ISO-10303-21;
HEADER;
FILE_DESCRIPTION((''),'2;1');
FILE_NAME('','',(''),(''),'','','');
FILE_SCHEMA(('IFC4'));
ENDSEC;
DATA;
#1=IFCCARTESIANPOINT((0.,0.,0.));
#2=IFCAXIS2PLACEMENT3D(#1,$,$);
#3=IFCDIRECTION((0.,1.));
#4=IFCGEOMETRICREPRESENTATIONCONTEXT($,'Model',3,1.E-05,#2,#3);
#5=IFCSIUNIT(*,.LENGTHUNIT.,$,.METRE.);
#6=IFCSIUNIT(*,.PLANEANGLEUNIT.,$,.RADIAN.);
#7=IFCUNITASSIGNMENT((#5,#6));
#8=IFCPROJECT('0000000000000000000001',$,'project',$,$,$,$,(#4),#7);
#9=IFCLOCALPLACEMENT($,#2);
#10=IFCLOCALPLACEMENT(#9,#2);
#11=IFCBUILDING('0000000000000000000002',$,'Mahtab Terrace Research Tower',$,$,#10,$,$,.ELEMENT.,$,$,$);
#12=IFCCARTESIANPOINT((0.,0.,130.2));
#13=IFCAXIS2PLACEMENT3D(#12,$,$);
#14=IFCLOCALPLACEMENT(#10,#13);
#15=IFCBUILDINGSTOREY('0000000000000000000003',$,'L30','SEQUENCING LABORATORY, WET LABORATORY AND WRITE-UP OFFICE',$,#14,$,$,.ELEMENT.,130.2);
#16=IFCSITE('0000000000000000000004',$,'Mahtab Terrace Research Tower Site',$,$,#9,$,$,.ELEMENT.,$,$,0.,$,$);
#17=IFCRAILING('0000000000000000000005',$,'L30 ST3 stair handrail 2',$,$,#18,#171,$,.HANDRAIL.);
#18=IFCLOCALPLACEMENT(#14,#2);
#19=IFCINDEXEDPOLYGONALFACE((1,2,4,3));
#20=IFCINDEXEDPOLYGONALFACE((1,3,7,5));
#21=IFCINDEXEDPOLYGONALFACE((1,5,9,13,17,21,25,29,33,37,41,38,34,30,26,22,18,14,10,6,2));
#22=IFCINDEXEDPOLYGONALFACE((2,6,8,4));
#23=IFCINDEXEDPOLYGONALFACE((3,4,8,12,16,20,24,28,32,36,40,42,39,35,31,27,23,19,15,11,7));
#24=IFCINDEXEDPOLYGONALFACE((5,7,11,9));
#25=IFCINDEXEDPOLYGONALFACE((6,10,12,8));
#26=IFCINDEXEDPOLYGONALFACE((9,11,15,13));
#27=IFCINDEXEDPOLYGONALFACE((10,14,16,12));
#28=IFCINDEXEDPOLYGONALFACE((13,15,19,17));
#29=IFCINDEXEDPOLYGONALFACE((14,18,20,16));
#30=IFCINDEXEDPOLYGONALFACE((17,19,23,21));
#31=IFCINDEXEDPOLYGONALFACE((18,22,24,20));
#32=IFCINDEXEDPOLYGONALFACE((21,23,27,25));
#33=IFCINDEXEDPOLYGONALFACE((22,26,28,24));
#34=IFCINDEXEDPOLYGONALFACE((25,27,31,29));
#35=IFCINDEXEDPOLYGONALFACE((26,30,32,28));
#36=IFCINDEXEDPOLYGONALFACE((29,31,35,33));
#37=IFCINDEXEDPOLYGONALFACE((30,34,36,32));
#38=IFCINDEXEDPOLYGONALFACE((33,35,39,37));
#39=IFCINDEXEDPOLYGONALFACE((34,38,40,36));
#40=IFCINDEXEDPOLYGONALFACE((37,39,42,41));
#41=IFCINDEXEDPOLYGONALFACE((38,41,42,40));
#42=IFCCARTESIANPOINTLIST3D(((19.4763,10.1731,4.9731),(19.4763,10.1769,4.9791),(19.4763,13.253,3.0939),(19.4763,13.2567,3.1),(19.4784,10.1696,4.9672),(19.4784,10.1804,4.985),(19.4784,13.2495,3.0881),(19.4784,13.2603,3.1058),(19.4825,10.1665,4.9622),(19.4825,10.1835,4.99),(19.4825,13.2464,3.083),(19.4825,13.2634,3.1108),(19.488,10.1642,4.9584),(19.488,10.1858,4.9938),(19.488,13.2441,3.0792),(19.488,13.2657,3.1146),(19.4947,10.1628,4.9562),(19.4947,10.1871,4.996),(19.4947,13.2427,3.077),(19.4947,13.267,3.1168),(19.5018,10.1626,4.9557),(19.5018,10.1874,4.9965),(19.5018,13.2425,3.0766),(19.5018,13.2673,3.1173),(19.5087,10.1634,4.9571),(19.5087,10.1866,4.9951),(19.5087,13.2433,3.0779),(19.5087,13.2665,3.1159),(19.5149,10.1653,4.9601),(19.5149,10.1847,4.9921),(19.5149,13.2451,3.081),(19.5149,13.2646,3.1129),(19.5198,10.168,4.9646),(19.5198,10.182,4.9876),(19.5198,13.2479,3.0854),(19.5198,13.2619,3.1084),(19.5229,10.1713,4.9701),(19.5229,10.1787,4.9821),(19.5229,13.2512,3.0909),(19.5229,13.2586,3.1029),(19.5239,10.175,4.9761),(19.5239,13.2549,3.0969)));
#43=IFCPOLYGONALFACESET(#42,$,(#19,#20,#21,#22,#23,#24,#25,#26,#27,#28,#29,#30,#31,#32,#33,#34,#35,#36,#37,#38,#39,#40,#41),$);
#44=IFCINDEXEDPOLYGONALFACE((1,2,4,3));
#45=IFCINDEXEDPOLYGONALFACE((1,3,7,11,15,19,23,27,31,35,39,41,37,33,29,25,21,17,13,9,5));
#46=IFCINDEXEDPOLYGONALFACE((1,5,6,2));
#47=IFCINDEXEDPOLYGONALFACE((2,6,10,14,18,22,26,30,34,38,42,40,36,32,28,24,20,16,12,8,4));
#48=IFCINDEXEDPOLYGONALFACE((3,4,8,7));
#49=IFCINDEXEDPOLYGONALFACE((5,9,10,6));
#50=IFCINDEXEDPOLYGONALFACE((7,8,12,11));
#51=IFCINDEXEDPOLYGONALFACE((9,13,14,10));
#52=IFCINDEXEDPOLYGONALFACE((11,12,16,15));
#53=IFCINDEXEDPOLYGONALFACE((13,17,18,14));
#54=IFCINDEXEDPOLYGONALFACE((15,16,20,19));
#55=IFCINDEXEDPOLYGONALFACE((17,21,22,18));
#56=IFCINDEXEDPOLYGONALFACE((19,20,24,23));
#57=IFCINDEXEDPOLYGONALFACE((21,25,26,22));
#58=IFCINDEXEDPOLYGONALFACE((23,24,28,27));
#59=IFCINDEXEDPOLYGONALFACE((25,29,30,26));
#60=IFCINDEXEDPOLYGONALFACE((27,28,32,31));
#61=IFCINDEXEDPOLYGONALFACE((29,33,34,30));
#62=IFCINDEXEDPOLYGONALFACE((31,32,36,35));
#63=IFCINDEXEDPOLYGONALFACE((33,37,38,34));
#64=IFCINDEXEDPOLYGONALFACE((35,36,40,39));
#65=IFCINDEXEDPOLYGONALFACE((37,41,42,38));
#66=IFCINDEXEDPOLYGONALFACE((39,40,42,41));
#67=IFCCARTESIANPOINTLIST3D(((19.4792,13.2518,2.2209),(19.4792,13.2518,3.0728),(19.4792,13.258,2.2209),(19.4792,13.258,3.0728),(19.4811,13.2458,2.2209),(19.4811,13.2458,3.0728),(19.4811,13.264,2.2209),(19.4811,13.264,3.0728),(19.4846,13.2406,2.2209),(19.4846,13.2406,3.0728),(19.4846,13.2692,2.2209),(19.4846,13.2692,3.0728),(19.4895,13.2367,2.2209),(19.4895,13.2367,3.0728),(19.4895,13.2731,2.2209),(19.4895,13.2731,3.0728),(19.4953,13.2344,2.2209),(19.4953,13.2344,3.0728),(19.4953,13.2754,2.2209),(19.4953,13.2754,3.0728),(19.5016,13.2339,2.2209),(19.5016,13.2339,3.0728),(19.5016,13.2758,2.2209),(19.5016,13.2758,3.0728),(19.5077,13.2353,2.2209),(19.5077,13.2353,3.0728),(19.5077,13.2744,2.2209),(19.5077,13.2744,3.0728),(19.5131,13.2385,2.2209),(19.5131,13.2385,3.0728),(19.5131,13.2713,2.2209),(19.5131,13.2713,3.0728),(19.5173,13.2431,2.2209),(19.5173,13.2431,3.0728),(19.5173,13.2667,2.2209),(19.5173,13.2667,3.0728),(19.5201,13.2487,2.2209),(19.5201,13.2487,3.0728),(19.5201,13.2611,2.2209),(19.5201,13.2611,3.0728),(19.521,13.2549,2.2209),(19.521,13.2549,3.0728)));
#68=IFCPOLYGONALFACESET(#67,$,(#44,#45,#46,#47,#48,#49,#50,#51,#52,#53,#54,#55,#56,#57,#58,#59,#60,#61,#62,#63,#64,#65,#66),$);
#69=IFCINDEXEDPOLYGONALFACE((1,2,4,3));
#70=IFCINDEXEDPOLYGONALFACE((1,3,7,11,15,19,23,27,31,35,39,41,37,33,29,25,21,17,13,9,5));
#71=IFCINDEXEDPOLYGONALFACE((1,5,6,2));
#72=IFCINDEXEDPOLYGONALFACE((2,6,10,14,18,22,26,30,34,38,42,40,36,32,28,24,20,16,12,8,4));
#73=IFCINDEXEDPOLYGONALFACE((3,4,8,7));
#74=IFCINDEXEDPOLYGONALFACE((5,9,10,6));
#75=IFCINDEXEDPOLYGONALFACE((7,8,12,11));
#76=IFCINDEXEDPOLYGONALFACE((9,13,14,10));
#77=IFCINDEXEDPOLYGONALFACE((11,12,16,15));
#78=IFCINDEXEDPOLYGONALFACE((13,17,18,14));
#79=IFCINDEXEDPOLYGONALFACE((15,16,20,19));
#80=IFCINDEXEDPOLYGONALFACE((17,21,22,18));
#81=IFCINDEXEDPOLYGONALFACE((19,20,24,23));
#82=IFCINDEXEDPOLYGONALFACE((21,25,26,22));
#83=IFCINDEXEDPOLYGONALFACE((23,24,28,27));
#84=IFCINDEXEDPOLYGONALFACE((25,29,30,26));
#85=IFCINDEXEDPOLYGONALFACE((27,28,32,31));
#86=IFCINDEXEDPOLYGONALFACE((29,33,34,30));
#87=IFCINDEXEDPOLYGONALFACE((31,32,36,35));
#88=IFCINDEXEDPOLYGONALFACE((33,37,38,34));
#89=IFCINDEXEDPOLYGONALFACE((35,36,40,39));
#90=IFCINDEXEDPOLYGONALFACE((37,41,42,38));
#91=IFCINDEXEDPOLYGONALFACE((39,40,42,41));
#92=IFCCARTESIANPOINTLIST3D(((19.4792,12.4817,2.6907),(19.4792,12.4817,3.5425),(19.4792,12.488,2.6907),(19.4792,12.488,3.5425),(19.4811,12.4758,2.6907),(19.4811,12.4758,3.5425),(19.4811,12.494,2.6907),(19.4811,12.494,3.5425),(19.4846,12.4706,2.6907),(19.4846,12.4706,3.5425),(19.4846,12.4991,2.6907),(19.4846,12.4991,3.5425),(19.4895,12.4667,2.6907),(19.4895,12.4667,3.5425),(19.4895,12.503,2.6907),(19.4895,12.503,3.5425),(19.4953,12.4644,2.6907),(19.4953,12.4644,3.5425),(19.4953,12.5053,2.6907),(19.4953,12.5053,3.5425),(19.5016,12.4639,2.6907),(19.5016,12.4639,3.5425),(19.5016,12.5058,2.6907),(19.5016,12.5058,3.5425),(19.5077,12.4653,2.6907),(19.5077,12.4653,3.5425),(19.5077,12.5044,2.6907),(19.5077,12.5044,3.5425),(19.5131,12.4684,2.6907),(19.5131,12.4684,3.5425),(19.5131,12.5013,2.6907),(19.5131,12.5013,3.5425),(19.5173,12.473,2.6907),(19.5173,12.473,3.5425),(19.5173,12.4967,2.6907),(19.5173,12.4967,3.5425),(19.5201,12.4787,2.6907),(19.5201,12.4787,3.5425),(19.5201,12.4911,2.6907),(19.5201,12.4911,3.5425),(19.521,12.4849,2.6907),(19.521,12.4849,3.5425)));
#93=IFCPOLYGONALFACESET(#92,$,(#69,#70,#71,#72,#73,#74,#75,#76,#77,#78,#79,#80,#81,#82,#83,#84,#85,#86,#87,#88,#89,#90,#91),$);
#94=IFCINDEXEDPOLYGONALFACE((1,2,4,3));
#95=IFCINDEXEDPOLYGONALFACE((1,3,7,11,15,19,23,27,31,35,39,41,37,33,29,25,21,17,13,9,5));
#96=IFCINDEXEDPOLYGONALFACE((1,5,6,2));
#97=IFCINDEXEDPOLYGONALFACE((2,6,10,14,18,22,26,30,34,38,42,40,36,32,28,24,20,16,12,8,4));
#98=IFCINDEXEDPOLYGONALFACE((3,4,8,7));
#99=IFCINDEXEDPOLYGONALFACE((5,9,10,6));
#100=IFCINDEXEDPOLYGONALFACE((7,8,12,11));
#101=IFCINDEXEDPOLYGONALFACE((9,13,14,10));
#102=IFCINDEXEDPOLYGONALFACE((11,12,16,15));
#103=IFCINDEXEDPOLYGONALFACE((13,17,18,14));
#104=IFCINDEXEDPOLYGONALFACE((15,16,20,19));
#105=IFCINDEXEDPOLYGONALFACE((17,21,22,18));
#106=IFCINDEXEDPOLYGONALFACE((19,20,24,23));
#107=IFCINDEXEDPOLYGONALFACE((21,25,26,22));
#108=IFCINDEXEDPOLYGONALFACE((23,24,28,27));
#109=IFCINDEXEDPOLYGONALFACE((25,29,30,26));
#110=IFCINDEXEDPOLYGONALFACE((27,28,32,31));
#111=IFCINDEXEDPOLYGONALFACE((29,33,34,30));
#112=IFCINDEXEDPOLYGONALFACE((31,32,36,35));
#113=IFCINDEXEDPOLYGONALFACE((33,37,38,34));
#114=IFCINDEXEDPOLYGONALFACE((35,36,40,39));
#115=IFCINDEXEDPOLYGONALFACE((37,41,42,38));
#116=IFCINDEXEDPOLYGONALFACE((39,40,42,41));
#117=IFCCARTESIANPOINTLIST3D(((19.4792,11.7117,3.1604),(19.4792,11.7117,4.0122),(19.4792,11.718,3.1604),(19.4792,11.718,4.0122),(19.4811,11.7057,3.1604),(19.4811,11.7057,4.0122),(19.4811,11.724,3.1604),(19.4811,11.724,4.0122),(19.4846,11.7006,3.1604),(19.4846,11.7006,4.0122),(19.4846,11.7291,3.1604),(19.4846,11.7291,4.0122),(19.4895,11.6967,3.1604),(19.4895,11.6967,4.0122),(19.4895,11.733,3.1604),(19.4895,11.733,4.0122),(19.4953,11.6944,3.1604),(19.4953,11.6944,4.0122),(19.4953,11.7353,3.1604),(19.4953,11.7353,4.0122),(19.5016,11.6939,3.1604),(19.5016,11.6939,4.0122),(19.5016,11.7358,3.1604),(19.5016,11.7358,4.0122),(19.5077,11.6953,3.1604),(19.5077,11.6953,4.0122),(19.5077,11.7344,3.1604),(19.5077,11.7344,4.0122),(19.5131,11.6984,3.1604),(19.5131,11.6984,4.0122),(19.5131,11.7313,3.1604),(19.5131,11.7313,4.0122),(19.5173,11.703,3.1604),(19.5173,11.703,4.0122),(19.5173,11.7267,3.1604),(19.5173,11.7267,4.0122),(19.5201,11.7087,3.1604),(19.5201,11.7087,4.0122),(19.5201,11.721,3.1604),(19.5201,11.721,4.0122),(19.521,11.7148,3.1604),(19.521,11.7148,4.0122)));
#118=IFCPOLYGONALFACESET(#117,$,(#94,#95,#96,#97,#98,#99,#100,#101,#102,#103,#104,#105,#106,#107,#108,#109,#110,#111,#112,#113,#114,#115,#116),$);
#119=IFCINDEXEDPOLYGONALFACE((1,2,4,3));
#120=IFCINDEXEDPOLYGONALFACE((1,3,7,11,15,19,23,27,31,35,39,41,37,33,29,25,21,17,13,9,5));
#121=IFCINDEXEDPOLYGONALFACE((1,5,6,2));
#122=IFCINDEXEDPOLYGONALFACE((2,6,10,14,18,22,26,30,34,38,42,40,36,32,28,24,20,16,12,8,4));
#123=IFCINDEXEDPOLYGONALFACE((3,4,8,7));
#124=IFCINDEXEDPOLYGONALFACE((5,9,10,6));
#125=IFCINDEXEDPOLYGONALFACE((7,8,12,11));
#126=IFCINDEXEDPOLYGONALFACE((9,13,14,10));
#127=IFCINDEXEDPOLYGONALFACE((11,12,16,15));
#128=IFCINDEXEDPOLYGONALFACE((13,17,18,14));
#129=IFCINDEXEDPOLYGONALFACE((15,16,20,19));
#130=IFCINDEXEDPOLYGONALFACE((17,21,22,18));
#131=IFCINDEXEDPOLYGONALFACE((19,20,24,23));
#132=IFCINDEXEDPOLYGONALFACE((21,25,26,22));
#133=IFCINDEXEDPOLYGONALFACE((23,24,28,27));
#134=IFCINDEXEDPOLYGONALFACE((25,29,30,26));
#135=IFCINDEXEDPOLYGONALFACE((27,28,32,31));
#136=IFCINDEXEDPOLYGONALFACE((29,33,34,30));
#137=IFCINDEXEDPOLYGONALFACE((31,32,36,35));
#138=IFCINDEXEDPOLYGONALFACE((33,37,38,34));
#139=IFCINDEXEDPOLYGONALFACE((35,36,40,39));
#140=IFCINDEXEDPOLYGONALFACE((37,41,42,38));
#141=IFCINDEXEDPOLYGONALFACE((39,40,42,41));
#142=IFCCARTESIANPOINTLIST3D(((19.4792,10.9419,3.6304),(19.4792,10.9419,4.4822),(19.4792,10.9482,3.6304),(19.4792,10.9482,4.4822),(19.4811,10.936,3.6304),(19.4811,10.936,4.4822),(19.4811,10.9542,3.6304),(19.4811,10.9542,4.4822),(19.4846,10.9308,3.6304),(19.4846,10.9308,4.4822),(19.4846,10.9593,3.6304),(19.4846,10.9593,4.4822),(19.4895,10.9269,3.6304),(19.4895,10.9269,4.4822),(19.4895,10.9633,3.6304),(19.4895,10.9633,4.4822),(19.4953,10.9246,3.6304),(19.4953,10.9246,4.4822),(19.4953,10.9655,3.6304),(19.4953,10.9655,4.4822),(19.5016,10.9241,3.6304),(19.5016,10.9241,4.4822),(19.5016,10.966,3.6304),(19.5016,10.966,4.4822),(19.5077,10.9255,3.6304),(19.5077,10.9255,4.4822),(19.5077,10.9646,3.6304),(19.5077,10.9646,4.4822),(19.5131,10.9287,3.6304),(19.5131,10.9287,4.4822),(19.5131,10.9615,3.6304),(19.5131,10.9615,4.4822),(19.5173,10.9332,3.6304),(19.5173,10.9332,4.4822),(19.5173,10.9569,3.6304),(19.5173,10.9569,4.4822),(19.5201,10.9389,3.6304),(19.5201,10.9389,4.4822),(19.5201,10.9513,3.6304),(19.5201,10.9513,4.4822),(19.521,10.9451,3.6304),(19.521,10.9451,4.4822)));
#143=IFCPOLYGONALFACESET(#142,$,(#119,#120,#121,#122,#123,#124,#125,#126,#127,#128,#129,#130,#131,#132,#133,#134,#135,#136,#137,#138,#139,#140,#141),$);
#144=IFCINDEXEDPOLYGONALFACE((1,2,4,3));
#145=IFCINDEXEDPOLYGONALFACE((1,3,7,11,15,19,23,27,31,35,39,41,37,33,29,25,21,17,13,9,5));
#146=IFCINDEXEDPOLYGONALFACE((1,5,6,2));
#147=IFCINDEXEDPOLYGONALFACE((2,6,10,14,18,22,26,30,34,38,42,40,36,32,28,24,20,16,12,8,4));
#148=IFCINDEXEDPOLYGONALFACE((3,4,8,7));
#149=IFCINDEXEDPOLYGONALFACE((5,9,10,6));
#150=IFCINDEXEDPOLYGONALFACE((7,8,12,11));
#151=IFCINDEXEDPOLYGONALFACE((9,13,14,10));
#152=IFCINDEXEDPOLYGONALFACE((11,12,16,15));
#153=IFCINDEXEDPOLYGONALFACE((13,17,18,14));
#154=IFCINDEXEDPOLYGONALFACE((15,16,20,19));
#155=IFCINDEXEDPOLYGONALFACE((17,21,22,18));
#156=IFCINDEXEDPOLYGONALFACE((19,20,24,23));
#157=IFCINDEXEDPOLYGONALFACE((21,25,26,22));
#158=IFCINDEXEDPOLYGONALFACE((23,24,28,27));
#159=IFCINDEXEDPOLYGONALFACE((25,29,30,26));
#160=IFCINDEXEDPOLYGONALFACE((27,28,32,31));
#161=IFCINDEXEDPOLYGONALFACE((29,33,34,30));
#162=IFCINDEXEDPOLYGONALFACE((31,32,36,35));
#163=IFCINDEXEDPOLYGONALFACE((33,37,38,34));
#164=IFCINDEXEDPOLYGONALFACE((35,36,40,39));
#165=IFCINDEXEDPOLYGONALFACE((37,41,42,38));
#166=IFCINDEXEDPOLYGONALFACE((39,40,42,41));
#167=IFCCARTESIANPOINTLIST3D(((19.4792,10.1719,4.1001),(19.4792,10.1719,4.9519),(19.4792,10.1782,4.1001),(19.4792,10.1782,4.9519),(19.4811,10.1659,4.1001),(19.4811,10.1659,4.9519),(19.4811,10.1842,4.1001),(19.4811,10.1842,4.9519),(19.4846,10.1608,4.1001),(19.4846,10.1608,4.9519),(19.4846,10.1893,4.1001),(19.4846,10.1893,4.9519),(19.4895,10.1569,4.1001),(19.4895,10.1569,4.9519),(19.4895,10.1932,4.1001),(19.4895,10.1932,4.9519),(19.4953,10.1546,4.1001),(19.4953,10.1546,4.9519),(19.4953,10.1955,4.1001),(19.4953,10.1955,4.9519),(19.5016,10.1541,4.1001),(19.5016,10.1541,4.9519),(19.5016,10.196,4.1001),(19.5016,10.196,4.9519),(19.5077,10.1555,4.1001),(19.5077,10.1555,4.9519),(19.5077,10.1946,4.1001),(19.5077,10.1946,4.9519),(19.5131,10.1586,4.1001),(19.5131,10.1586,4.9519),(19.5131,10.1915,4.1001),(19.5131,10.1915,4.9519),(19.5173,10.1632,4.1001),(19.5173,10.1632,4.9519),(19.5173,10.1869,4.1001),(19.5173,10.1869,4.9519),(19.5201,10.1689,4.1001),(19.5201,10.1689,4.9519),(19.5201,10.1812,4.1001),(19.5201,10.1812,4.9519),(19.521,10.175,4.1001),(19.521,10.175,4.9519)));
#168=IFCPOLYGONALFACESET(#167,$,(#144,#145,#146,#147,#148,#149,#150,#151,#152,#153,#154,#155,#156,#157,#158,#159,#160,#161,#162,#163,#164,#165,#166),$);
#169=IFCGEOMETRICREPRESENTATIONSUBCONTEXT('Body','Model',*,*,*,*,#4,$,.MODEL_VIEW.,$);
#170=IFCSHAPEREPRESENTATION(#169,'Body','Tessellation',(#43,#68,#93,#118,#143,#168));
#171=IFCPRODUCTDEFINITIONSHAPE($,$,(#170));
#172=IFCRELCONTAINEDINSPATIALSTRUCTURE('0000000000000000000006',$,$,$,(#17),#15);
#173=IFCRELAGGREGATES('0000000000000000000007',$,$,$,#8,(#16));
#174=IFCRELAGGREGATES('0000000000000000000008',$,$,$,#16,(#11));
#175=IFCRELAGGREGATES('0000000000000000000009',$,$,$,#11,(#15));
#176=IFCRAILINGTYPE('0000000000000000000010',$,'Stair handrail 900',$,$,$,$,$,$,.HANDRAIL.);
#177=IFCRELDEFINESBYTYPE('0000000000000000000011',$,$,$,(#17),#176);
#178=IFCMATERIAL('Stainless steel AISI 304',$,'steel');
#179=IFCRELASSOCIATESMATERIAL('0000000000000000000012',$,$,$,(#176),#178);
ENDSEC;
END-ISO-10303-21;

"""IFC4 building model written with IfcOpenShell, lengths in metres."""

from ifc_helpers import new_model, si_unit, direction, frame, origin, origin_2d, place, context, subcontext, project, spatial, circle, extrude, material, type_object, element, save


model = new_model("IFC4")

# Units and contexts
model_context = context("Model", 3, precision=1e-05, world=origin(), true_north=direction((0.0, 1.0)))
body_context = subcontext(model_context, "Body", "Model", "MODEL_VIEW")
ifc_project = project(units=[si_unit("LENGTHUNIT", "METRE"), si_unit("PLANEANGLEUNIT", "RADIAN")], contexts=[model_context])

# Site, building, storey
site_placement = place(None, origin())
site = spatial("IfcSite", under=ifc_project, at=site_placement, Name="Mahtab Terrace Research Tower Site", CompositionType="ELEMENT", RefElevation=0.0)
building_placement = place(site_placement, origin())
building = spatial("IfcBuilding", under=site, at=building_placement, Name="Mahtab Terrace Research Tower", CompositionType="ELEMENT")
storey_placement = place(building_placement, frame((0.0, 0.0, 130.2)))
storey = spatial("IfcBuildingStorey", under=building, at=storey_placement, Name="L30", Description="SEQUENCING LABORATORY, WET LABORATORY AND WRITE-UP OFFICE", CompositionType="ELEMENT", Elevation=130.2)

# Railing
ifc_material_1 = material(Name="Stainless steel AISI 304", Category="steel")
railing_type_1 = type_object("IfcRailingType", Name="Stair handrail 900", PredefinedType="HANDRAIL", material=ifc_material_1)
railing_1_placement = place(storey_placement, frame((19.5, 13.2549, 2.2209)))
element("IfcRailing", 1, at=railing_1_placement, inside=storey, type_object=railing_type_1, Name="L30 ST3 stair handrail 2", PredefinedType="HANDRAIL", context=body_context, shape_type="SweptSolid", body=[
    extrude(circle(Radius=0.0239, at=origin_2d()), frame((0.0, 0.0, 0.876), z_axis=(0.0, -0.853648, 0.52085), x_axis=(1.0, 0.0, 0.0)), (0.0, 0.0, 1.0), 3.6079),
    extrude(circle(Radius=0.021, at=origin_2d()), origin(), (0.0, 0.0, 1.0), 0.8518),
    extrude(circle(Radius=0.021, at=origin_2d()), frame((0.0, -0.77, 0.4697)), (0.0, 0.0, 1.0), 0.8518),
    extrude(circle(Radius=0.021, at=origin_2d()), frame((0.0, -1.54, 0.9395)), (0.0, 0.0, 1.0), 0.8518),
    extrude(circle(Radius=0.021, at=origin_2d()), frame((0.0, -2.3098, 1.4094)), (0.0, 0.0, 1.0), 0.8518),
    extrude(circle(Radius=0.021, at=origin_2d()), frame((0.0, -3.0798, 1.8792)), (0.0, 0.0, 1.0), 0.8518),
])

save(model, "model.ifc")
